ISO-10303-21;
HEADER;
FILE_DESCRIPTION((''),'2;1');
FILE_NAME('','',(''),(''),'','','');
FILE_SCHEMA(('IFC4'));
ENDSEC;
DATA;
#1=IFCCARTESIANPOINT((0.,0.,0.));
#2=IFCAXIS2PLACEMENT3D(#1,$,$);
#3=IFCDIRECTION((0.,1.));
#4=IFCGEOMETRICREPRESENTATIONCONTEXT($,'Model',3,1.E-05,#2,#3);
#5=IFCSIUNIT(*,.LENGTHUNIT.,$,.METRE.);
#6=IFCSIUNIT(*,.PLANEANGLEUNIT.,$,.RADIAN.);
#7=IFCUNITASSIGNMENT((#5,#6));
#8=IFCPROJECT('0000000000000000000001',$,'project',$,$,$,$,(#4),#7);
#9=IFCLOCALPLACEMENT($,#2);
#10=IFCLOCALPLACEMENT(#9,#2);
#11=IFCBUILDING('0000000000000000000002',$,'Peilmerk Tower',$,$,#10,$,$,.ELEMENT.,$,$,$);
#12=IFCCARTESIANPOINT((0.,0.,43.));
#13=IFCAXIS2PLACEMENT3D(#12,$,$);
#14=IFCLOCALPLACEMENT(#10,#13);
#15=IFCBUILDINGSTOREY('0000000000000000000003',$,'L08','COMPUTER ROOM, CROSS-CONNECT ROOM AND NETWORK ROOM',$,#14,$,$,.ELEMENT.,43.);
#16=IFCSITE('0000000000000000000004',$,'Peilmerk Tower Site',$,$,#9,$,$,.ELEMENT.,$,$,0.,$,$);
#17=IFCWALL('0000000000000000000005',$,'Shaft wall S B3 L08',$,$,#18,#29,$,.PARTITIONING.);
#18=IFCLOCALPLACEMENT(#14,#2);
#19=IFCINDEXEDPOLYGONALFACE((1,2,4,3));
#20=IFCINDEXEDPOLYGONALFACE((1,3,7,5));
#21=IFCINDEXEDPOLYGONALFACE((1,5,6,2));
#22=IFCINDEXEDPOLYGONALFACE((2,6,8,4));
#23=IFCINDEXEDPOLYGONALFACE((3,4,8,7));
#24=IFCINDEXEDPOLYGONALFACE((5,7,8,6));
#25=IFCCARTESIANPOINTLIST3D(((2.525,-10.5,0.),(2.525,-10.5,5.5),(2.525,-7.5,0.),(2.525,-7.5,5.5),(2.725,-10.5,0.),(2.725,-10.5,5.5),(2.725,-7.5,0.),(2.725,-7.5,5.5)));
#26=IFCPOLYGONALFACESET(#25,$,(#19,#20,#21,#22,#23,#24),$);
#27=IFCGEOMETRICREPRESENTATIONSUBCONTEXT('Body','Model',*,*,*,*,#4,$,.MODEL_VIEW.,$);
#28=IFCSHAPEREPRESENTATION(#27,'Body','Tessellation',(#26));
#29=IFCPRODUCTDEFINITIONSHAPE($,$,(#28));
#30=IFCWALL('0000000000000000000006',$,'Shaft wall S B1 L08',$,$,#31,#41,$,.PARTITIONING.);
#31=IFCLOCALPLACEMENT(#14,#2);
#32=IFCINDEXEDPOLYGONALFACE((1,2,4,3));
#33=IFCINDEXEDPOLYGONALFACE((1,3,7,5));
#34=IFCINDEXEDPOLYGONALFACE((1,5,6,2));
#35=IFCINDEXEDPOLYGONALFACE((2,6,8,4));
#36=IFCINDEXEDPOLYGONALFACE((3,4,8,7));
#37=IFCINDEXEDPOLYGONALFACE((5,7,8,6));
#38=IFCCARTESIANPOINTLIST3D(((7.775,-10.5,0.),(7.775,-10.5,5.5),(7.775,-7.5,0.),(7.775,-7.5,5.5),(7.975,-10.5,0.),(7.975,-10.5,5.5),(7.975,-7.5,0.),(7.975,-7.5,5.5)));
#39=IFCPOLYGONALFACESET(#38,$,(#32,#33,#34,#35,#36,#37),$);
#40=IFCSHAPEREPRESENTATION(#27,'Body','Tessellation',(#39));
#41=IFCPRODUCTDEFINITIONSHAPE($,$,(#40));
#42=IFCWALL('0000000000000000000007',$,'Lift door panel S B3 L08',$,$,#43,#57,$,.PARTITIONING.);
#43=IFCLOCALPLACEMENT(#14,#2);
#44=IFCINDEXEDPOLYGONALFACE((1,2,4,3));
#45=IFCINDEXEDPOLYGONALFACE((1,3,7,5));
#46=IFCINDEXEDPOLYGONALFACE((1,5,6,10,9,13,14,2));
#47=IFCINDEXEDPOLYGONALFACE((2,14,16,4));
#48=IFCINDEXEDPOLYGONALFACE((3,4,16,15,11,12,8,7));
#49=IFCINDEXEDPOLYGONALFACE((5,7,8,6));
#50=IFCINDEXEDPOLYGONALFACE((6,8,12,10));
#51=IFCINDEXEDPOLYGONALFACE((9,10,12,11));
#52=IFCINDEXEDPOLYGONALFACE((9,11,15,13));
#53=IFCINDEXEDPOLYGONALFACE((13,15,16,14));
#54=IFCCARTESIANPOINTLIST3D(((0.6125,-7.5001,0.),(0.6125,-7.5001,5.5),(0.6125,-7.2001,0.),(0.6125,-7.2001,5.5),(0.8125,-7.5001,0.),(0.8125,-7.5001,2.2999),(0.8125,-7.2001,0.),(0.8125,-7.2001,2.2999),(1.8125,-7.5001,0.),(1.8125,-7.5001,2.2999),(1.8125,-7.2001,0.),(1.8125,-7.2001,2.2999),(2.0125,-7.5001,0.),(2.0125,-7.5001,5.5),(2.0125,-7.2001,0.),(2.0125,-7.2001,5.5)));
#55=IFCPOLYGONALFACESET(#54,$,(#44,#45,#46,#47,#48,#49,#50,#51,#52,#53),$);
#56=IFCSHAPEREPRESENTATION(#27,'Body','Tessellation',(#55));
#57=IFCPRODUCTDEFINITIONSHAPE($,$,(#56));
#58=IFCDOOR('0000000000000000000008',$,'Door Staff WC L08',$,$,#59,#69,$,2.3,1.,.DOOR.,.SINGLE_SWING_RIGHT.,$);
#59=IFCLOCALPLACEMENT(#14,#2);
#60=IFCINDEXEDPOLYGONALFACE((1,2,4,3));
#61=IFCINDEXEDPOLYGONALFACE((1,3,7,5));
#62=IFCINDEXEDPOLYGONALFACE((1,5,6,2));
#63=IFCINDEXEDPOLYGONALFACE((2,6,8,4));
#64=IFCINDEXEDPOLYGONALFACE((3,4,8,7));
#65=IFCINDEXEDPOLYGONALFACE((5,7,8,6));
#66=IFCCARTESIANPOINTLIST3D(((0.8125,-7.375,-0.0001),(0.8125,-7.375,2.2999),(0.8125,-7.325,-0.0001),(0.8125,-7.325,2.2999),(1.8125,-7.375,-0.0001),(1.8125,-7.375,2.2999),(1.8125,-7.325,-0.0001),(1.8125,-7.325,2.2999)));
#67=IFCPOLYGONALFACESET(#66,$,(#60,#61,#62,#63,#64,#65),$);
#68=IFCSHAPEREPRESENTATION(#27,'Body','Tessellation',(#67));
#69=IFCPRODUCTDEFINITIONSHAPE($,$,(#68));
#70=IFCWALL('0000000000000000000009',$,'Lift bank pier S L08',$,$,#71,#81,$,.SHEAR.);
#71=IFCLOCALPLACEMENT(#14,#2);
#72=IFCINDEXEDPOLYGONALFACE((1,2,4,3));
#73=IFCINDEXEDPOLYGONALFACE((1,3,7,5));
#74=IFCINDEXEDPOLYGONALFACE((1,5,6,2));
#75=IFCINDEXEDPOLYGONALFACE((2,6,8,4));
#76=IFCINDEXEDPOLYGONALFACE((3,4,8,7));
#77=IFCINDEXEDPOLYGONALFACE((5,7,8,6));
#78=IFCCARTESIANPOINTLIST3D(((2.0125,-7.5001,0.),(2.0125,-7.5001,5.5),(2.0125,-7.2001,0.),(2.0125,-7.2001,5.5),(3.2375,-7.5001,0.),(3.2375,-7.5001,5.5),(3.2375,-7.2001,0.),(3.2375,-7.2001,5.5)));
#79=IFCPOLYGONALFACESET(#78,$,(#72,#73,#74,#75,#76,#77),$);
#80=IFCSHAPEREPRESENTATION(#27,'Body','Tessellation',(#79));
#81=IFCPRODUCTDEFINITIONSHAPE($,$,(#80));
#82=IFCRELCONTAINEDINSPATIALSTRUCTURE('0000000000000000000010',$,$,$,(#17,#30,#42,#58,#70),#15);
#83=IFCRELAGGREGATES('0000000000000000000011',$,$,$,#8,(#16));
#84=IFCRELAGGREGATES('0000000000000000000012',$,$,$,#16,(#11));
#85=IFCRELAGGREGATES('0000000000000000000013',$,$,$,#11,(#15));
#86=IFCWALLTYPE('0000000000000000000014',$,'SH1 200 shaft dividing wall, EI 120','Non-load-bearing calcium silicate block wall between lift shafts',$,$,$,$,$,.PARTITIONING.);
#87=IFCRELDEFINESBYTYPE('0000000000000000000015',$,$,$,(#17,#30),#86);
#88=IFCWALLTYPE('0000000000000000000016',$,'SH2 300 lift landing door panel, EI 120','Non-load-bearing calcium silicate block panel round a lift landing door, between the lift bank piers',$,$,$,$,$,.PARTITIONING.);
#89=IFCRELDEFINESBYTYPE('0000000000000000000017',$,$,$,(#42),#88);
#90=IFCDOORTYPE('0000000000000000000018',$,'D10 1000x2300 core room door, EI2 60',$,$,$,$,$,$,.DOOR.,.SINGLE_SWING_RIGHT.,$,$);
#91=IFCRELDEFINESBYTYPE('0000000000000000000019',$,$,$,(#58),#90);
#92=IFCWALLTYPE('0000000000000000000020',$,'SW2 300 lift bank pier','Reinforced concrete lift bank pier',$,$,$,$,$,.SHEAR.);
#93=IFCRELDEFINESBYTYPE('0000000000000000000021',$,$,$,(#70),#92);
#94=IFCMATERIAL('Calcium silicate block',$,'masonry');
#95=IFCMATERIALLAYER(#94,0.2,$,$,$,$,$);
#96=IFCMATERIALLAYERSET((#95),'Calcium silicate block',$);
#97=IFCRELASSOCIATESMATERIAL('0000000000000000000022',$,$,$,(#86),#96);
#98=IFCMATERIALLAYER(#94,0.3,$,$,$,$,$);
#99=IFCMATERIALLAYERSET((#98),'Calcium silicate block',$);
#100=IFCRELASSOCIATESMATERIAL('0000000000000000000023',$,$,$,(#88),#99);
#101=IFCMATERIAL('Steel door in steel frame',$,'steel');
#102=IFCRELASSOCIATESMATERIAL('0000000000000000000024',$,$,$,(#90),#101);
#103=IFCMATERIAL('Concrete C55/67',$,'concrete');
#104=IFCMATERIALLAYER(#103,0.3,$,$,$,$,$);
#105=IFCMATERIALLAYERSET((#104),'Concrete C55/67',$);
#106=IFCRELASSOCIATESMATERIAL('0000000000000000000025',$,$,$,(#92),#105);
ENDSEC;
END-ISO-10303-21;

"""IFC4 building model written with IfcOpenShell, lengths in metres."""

from ifc_helpers import new_model, si_unit, direction, frame, frame_2d, origin, place, context, subcontext, project, spatial, rectangle, extrude, material, layer, layer_set, type_object, element, fill, save


model = new_model("IFC4")

# Units and contexts
model_context = context("Model", 3, precision=1e-05, world=origin(), true_north=direction((0.0, 1.0)))
body_context = subcontext(model_context, "Body", "Model", "MODEL_VIEW")
ifc_project = project(units=[si_unit("LENGTHUNIT", "METRE"), si_unit("PLANEANGLEUNIT", "RADIAN")], contexts=[model_context])

# Site, building, storey
site_placement = place(None, origin())
site = spatial("IfcSite", under=ifc_project, at=site_placement, Name="Peilmerk Tower Site", CompositionType="ELEMENT", RefElevation=0.0)
building_placement = place(site_placement, origin())
building = spatial("IfcBuilding", under=site, at=building_placement, Name="Peilmerk Tower", CompositionType="ELEMENT")
storey_placement = place(building_placement, frame((0.0, 0.0, 43.0)))
storey = spatial("IfcBuildingStorey", under=building, at=storey_placement, Name="L08", Description="COMPUTER ROOM, CROSS-CONNECT ROOM AND NETWORK ROOM", CompositionType="ELEMENT", Elevation=43.0)

# Walls
ifc_material_1 = material(Name="Calcium silicate block", Category="masonry")
ifc_layer_1 = layer(ifc_material_1, 0.2)
ifc_layer_set_1 = layer_set([ifc_layer_1], Name="Calcium silicate block")
wall_type_1 = type_object("IfcWallType", Name="SH1 200 shaft dividing wall, EI 120", Description="Non-load-bearing calcium silicate block wall between lift shafts", PredefinedType="PARTITIONING", material=ifc_layer_set_1)
for number, where, z_axis, x_axis, name in (
    (1, (2.625, -10.5, 0.0), (0.0, 0.0, 1.0), (0.0, 1.0, 0.0), "Shaft wall S B3 L08"),
    (2, (7.875, -10.5, 0.0), (0.0, 0.0, 1.0), (0.0, 1.0, 0.0), "Shaft wall S B1 L08"),
):
    element("IfcWall", number, at=place(storey_placement, frame(where, z_axis=z_axis, x_axis=x_axis)), inside=storey, type_object=wall_type_1, Name=name, PredefinedType="PARTITIONING", context=body_context, shape_type="SweptSolid", body=[
        extrude(rectangle(XDim=3.0, YDim=0.2, at=frame_2d((1.5, 0.0))), origin(), (0.0, 0.0, 1.0), 5.5),
    ])

# Wall, opening, door
ifc_layer_2 = layer(ifc_material_1, 0.3)
ifc_layer_set_2 = layer_set([ifc_layer_2], Name="Calcium silicate block")
wall_type_2 = type_object("IfcWallType", Name="SH2 300 lift landing door panel, EI 120", Description="Non-load-bearing calcium silicate block panel round a lift landing door, between the lift bank piers", PredefinedType="PARTITIONING", material=ifc_layer_set_2)
wall_1_placement = place(storey_placement, frame((0.6125, -7.3501, 0.0), z_axis=(0.0, 0.0, 1.0), x_axis=(1.0, 0.0, 0.0)))
wall_1 = element("IfcWall", 3, at=wall_1_placement, inside=storey, type_object=wall_type_2, Name="Lift door panel S B3 L08", PredefinedType="PARTITIONING", context=body_context, shape_type="SweptSolid", body=[
    extrude(rectangle(XDim=1.3999, YDim=0.3, at=frame_2d((0.7, 0.0))), origin(), (0.0, 0.0, 1.0), 5.5),
])
opening_placement = place(wall_1_placement, frame((0.2, 0.0, 0.0)))
opening = element("IfcOpeningElement", 4, at=opening_placement, cuts=wall_1, PredefinedType="OPENING", context=body_context, shape_type="SweptSolid", body=[
    extrude(rectangle(XDim=1.0, YDim=2.3, at=frame_2d((0.5, 1.1499))), frame((0.0, 0.1599, 0.0), z_axis=(0.0, -1.0, 0.0), x_axis=(1.0, 0.0, 0.0)), (0.0, 0.0, 1.0), 0.3201),
])
ifc_material_2 = material(Name="Steel door in steel frame", Category="steel")
door_type = type_object("IfcDoorType", Name="D10 1000x2300 core room door, EI2 60", OperationType="SINGLE_SWING_RIGHT", PredefinedType="DOOR", material=ifc_material_2)
door_placement = place(opening_placement, frame((1.0, 0.0, 0.0), z_axis=(0.0, 0.0, 1.0), x_axis=(-1.0, 0.0, 0.0)))
door = element("IfcDoor", 5, at=door_placement, inside=storey, type_object=door_type, Name="Door Staff WC L08", OperationType="SINGLE_SWING_RIGHT", OverallHeight=2.3, OverallWidth=1.0, PredefinedType="DOOR", context=body_context, shape_type="SweptSolid", body=[
    extrude(rectangle(XDim=1.0, YDim=2.3, at=frame_2d((0.5, 1.1499))), frame((0.0, 0.0249, 0.0), z_axis=(0.0, -1.0, 0.0), x_axis=(1.0, 0.0, 0.0)), (0.0, 0.0, 1.0), 0.05),
])
fill(opening, door)

# Wall
ifc_material_3 = material(Name="Concrete C55/67", Category="concrete")
ifc_layer_3 = layer(ifc_material_3, 0.3)
ifc_layer_set_3 = layer_set([ifc_layer_3], Name="Concrete C55/67")
wall_type_3 = type_object("IfcWallType", Name="SW2 300 lift bank pier", Description="Reinforced concrete lift bank pier", PredefinedType="SHEAR", material=ifc_layer_set_3)
wall_2_placement = place(storey_placement, frame((2.0125, -7.3501, 0.0), z_axis=(0.0, 0.0, 1.0), x_axis=(1.0, 0.0, 0.0)))
element("IfcWall", 6, at=wall_2_placement, inside=storey, type_object=wall_type_3, Name="Lift bank pier S L08", PredefinedType="SHEAR", context=body_context, shape_type="SweptSolid", body=[
    extrude(rectangle(XDim=1.2251, YDim=0.3, at=frame_2d((0.6125, 0.0))), origin(), (0.0, 0.0, 1.0), 5.5),
])

save(model, "model.ifc")
